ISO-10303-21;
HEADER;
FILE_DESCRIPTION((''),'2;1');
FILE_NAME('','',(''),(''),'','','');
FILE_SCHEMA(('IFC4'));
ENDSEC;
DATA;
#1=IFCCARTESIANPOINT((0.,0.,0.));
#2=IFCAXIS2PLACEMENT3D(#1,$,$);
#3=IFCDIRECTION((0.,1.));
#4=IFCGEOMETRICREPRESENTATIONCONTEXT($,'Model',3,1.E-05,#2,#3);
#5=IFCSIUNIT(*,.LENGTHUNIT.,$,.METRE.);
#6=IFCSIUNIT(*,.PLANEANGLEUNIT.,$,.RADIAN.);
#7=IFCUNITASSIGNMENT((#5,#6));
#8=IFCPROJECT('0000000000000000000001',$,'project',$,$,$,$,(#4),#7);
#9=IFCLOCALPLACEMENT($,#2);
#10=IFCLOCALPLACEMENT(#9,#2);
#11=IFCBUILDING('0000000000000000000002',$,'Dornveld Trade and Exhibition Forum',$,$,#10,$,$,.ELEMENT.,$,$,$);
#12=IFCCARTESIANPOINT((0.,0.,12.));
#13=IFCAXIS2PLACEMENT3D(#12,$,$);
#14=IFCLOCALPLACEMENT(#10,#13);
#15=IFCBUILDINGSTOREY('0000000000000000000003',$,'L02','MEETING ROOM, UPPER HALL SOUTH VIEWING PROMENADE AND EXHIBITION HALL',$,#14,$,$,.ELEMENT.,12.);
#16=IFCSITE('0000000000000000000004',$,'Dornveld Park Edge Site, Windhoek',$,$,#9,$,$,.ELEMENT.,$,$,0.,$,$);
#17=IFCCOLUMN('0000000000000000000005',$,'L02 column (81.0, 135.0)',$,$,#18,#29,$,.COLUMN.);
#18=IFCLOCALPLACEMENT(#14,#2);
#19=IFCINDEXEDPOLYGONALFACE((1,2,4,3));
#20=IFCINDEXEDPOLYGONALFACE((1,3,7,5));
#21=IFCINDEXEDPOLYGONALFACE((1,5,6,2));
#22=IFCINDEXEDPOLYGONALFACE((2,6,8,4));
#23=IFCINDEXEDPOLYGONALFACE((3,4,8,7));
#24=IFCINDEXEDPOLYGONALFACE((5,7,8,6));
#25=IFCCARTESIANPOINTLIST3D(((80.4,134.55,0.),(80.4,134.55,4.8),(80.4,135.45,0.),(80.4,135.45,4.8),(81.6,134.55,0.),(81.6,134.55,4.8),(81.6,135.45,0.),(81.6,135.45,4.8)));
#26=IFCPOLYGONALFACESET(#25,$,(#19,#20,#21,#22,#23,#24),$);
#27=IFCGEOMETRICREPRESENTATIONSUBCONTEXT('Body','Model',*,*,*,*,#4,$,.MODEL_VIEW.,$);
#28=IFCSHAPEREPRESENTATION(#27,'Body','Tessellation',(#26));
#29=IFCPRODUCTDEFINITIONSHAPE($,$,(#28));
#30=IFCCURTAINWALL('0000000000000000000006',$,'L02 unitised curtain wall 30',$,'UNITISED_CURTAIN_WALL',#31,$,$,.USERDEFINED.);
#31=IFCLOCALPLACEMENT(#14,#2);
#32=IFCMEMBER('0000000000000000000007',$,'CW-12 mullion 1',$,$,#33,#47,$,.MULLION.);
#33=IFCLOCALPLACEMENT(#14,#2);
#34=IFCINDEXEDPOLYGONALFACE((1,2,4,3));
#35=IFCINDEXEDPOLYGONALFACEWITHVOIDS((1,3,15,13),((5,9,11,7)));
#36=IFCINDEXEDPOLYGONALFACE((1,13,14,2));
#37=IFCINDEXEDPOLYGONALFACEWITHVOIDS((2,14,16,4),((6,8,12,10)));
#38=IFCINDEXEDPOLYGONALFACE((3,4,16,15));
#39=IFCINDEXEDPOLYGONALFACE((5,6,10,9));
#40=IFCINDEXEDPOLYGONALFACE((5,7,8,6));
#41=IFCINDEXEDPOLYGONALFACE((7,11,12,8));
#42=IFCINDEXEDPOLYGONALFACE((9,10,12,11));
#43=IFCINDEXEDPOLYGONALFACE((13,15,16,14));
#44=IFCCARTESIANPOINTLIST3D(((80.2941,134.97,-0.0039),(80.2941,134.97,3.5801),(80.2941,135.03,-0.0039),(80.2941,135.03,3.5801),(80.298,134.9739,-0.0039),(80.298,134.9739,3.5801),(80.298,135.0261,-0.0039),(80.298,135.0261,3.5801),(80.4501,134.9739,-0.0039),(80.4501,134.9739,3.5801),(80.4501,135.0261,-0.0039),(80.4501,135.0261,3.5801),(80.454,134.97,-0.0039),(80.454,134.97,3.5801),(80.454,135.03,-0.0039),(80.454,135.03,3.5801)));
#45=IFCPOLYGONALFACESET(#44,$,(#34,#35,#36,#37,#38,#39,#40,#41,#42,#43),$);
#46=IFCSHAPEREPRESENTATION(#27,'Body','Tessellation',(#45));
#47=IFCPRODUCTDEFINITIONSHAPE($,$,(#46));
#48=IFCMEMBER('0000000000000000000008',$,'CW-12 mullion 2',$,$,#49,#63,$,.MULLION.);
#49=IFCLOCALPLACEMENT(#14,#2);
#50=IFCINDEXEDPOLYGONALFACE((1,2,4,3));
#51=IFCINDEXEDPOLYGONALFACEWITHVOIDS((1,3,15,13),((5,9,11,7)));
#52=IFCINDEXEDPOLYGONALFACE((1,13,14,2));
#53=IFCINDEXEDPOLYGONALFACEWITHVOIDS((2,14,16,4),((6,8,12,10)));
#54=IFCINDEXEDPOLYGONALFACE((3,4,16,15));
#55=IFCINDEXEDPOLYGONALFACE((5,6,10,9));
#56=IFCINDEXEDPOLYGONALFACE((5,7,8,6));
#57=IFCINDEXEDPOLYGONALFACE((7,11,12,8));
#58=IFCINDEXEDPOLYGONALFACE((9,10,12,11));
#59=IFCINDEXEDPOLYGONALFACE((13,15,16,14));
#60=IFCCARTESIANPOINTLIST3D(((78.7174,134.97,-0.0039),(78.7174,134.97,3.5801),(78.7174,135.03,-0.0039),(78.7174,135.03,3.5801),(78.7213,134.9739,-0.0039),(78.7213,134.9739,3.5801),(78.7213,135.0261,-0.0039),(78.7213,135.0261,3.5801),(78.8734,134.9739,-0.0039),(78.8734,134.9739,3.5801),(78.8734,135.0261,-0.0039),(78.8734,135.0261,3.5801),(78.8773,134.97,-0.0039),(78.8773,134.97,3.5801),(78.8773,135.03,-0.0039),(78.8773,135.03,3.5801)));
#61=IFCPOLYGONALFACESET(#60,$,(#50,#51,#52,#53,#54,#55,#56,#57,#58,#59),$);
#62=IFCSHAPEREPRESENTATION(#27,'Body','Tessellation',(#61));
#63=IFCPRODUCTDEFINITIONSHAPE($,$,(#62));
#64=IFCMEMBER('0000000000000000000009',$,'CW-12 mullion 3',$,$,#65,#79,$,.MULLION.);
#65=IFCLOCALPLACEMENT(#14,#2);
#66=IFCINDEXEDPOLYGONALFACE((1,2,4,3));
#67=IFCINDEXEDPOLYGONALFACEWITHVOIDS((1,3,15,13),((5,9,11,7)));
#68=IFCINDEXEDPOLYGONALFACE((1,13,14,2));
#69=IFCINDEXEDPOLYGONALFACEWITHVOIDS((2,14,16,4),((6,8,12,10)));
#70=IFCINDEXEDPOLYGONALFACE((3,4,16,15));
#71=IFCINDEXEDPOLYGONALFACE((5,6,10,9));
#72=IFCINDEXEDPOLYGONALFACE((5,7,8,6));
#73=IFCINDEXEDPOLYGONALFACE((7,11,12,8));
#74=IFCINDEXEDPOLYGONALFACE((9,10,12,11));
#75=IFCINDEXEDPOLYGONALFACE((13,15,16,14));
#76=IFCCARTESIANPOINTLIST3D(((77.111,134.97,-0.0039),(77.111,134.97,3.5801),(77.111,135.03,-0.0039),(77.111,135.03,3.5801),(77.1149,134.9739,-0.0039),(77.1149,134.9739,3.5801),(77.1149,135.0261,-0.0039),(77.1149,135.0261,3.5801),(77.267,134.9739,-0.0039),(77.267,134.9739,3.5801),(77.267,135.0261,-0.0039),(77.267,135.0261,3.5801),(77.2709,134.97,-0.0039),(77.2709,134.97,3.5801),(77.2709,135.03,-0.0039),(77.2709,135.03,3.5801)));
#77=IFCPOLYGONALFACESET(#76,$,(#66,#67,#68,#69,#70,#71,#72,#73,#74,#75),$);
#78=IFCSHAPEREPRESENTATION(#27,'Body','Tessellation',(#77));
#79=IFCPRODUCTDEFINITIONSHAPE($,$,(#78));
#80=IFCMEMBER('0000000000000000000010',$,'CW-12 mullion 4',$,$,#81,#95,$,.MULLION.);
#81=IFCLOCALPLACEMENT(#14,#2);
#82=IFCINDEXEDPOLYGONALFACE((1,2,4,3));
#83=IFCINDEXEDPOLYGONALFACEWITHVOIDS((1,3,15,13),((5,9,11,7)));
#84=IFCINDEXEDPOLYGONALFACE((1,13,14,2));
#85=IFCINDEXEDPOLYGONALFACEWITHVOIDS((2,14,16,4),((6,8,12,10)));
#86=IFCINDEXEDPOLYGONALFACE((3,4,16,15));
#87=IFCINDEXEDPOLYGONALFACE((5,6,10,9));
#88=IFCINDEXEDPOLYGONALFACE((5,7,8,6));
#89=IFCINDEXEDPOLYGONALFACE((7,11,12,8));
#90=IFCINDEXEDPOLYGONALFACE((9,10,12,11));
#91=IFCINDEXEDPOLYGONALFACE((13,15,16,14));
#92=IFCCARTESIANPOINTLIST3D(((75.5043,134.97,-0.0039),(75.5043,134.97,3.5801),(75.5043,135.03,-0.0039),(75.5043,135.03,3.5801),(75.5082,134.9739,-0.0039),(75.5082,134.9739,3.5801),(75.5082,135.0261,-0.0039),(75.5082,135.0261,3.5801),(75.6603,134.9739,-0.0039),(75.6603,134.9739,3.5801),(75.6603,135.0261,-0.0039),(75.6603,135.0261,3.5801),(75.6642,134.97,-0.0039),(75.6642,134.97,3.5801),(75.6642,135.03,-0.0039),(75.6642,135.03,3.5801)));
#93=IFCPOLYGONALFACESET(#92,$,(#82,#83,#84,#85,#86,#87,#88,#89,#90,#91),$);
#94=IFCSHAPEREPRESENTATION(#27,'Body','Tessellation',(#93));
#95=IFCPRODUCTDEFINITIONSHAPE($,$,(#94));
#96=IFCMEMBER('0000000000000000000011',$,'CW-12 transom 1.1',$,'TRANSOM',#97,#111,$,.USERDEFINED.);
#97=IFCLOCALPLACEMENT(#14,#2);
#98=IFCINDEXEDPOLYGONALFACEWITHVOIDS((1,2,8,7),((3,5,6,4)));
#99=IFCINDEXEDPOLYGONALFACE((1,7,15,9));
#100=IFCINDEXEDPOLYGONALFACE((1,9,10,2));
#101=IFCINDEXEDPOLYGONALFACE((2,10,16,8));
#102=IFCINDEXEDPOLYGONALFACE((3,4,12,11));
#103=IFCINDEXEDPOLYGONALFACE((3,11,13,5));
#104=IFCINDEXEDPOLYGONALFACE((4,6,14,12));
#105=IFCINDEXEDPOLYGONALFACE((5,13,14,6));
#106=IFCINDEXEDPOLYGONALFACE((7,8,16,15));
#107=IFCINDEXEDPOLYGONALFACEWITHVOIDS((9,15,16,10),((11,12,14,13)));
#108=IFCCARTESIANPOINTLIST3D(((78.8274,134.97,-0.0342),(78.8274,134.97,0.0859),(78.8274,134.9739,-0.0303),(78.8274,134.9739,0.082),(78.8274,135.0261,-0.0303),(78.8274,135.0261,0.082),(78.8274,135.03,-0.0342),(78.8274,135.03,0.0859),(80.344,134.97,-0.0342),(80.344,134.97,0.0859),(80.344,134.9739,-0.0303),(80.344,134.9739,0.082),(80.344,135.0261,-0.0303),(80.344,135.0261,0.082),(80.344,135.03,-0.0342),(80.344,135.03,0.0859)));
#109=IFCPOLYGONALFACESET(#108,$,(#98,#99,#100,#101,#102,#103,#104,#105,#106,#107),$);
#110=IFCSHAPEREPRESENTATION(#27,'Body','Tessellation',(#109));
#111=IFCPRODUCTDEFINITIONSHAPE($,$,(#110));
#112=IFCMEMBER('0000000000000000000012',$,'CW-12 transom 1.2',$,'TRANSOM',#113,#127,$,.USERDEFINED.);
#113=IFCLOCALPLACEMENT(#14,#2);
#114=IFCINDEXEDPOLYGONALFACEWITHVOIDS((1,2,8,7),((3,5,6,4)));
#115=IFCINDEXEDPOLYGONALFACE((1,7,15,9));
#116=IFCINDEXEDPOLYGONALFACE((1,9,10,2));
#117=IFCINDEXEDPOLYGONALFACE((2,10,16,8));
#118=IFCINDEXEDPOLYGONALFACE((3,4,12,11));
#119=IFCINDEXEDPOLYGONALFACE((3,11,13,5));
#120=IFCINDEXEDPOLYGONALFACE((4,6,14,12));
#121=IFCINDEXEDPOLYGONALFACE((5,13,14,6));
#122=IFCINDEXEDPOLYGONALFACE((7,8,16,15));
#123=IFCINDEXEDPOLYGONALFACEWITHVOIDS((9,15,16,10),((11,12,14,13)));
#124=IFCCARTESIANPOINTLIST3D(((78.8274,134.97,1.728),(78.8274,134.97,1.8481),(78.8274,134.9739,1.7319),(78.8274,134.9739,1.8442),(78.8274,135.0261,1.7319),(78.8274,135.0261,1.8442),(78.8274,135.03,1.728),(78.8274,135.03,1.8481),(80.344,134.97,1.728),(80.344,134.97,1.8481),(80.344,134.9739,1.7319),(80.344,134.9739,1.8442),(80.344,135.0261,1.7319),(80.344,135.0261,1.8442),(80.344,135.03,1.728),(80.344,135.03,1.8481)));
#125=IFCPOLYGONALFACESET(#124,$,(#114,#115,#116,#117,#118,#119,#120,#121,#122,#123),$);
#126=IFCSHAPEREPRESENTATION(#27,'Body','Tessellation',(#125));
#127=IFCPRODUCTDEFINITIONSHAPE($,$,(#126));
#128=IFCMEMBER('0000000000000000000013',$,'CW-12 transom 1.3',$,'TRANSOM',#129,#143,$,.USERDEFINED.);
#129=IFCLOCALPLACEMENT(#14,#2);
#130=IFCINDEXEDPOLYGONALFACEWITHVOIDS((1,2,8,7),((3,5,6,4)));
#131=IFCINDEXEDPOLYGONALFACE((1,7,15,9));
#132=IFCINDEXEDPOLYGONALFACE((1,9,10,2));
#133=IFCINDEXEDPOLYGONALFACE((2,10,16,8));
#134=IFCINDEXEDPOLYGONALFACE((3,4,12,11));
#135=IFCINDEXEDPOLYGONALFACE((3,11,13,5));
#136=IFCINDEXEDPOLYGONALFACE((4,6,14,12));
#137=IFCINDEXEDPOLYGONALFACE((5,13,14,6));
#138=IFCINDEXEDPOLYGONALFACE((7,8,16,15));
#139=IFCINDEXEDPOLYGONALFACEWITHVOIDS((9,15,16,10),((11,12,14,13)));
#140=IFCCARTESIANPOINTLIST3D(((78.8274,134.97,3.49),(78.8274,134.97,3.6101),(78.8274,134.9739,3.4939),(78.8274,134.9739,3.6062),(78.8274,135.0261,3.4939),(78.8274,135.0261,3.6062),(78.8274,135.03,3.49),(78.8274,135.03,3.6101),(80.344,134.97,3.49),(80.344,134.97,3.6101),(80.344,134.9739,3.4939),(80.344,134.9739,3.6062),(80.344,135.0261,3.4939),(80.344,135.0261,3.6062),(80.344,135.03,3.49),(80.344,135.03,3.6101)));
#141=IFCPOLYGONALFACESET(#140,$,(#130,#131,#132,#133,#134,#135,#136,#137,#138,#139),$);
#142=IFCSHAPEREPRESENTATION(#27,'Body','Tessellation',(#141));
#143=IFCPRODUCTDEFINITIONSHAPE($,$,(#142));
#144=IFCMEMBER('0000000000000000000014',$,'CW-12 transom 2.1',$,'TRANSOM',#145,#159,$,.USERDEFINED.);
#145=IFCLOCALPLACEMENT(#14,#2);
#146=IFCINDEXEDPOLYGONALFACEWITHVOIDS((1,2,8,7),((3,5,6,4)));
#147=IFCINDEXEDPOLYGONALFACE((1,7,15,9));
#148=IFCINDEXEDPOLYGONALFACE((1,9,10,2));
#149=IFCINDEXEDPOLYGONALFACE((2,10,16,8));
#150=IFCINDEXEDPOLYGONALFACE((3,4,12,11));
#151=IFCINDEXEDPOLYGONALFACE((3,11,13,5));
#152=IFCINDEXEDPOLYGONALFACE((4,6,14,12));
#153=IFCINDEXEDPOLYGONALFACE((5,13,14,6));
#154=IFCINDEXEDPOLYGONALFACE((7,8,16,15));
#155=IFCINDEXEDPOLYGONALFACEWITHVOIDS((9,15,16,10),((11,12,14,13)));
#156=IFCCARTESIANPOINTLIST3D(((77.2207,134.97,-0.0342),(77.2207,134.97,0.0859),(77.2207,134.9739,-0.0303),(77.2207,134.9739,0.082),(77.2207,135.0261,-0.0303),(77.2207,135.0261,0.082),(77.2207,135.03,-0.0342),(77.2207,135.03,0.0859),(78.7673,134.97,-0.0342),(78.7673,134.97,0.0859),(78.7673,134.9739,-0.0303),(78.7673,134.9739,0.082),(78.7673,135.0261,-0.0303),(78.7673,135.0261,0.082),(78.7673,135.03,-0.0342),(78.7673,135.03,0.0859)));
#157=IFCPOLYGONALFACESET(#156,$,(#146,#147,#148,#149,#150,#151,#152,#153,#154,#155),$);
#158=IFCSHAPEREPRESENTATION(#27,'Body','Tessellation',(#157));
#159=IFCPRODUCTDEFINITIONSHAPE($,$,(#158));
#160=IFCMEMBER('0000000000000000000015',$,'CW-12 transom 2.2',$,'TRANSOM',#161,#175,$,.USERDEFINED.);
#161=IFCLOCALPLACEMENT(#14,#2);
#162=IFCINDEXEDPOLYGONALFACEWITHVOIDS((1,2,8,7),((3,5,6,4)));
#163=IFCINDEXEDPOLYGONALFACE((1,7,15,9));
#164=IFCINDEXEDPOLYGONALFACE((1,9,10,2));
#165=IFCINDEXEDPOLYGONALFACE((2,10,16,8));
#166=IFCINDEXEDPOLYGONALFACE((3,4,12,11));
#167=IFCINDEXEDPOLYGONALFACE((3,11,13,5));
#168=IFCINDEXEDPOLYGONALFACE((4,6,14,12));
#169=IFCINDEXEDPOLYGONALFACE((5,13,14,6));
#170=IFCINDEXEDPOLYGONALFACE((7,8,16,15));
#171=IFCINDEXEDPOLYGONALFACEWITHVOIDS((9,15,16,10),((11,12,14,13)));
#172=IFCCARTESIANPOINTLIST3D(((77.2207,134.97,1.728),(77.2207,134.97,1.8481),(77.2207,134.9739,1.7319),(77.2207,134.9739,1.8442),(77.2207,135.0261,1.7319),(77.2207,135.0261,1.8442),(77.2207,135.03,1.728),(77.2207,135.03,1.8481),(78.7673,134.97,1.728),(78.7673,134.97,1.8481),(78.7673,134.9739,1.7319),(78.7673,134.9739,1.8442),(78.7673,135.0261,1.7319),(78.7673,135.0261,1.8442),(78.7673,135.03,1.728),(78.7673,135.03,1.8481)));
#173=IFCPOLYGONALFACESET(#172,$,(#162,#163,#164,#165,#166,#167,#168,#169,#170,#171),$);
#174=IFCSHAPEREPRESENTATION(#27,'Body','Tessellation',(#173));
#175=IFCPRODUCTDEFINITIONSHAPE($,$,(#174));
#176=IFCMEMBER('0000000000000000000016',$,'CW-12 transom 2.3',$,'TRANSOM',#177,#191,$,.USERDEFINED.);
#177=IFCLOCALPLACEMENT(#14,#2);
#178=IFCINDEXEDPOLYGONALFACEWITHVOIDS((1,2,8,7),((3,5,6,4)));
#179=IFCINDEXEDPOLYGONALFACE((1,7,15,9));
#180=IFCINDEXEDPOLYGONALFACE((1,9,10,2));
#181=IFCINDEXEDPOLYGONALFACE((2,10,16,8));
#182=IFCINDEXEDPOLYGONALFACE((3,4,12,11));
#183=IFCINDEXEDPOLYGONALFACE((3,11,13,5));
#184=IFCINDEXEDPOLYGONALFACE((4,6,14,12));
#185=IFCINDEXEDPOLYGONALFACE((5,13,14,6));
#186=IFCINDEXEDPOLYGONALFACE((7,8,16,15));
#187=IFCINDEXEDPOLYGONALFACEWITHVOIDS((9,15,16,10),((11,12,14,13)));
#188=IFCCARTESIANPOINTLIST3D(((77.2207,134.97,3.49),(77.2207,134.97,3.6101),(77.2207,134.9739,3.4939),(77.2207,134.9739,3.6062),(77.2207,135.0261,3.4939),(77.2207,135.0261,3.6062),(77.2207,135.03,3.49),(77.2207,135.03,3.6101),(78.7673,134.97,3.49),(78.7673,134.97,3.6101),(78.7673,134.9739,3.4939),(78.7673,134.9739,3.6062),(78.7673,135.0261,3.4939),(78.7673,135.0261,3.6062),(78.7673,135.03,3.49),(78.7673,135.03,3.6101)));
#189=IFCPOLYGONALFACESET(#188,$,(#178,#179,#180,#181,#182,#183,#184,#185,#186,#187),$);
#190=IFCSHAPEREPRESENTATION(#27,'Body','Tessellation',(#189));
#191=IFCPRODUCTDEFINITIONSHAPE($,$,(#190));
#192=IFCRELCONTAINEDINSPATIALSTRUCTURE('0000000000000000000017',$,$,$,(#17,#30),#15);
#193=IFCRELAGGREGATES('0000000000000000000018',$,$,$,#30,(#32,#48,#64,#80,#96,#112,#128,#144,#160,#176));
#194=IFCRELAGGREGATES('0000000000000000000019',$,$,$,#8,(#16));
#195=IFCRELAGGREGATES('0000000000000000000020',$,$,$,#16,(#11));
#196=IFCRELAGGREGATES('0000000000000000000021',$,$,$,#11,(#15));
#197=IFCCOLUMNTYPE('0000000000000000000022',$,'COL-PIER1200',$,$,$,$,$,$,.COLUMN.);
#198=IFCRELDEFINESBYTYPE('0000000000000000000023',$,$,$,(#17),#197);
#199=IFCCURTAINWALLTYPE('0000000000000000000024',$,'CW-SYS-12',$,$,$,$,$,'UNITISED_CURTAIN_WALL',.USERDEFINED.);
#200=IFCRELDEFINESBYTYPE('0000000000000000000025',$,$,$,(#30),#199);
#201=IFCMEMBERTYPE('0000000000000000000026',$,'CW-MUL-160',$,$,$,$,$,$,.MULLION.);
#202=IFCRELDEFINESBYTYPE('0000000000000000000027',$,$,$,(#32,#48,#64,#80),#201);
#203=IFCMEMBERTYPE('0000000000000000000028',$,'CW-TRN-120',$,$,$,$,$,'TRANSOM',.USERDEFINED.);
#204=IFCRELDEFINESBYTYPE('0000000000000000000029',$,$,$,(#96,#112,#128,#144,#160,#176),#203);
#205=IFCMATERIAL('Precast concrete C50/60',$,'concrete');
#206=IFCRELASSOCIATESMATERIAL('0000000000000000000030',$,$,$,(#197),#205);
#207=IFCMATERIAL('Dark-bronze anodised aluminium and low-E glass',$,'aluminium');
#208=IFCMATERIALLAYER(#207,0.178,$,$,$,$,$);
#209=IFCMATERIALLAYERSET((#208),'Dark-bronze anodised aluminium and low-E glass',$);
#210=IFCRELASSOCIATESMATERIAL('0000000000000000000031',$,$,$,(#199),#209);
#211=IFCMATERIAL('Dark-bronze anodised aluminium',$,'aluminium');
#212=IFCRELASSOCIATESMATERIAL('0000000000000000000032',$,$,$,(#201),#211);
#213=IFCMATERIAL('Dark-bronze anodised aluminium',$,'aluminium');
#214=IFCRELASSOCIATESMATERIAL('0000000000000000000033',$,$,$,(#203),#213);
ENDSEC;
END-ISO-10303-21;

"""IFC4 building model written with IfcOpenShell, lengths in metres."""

from ifc_helpers import new_model, si_unit, direction, frame, origin, origin_2d, place, context, subcontext, project, spatial, rectangle, hollow_rectangle, extrude, material, layer, layer_set, material_profile, profile_set, type_object, element, aggregate, save


model = new_model("IFC4")

# Units and contexts
model_context = context("Model", 3, precision=1e-05, world=origin(), true_north=direction((0.0, 1.0)))
body_context = subcontext(model_context, "Body", "Model", "MODEL_VIEW")
ifc_project = project(units=[si_unit("LENGTHUNIT", "METRE"), si_unit("PLANEANGLEUNIT", "RADIAN")], contexts=[model_context])

# Site, building, storey
site_placement = place(None, origin())
site = spatial("IfcSite", under=ifc_project, at=site_placement, Name="Dornveld Park Edge Site, Windhoek", CompositionType="ELEMENT", RefElevation=0.0)
building_placement = place(site_placement, origin())
building = spatial("IfcBuilding", under=site, at=building_placement, Name="Dornveld Trade and Exhibition Forum", CompositionType="ELEMENT")
storey_placement = place(building_placement, frame((0.0, 0.0, 12.0)))
storey = spatial("IfcBuildingStorey", under=building, at=storey_placement, Name="L02", Description="MEETING ROOM, UPPER HALL SOUTH VIEWING PROMENADE AND EXHIBITION HALL", CompositionType="ELEMENT", Elevation=12.0)

# Column
ifc_material_1 = material(Name="Precast concrete C50/60", Category="concrete")
ifc_material_profile_1 = material_profile(ifc_material_1, rectangle(XDim=1.2, YDim=0.8999, at=origin_2d()), Name="PC-PIER 1200x900")
ifc_profile_set_1 = profile_set([ifc_material_profile_1], Name="Precast concrete C50/60")
column_type = type_object("IfcColumnType", Name="COL-PIER1200", PredefinedType="COLUMN", material=ifc_profile_set_1)
column_placement = place(storey_placement, frame((81.0, 135.0, 0.0), z_axis=(0.0, 0.0, 1.0), x_axis=(1.0, 0.0, 0.0)))
element("IfcColumn", 1, at=column_placement, inside=storey, type_object=column_type, Name="L02 column (81.0, 135.0)", PredefinedType="COLUMN", context=body_context, shape_type="SweptSolid", body=[
    extrude(rectangle(XDim=1.2, YDim=0.8999, at=origin_2d()), origin(), (0.0, 0.0, 1.0), 4.8),
])

# Curtain wall, members
ifc_material_2 = material(Name="Dark-bronze anodised aluminium and low-E glass", Category="aluminium")
ifc_layer_1 = layer(ifc_material_2, 0.178)
ifc_layer_set_1 = layer_set([ifc_layer_1], Name="Dark-bronze anodised aluminium and low-E glass")
curtain_wall_type = type_object("IfcCurtainWallType", Name="CW-SYS-12", ElementType="UNITISED_CURTAIN_WALL", PredefinedType="USERDEFINED", material=ifc_layer_set_1)
curtain_wall_placement = place(storey_placement, origin())
curtain_wall = element("IfcCurtainWall", 2, at=curtain_wall_placement, inside=storey, type_object=curtain_wall_type, Name="L02 unitised curtain wall 30", ObjectType="UNITISED_CURTAIN_WALL", PredefinedType="USERDEFINED")
ifc_material_3 = material(Name="Dark-bronze anodised aluminium", Category="aluminium")
ifc_material_profile_2 = material_profile(ifc_material_3, hollow_rectangle(XDim=0.0601, YDim=0.1599, WallThickness=0.0039, at=origin_2d()), Name="RHS 160x60x4")
ifc_profile_set_2 = profile_set([ifc_material_profile_2], Name="Dark-bronze anodised aluminium")
member_type_1 = type_object("IfcMemberType", Name="CW-MUL-160", PredefinedType="MULLION", material=ifc_profile_set_2)
member_1_placement = place(storey_placement, frame((80.374, 135.0, -0.0039), z_axis=(0.0, 0.0, 1.0), x_axis=(0.0, -1.0, 0.0)))
member_1 = element("IfcMember", 3, at=member_1_placement, type_object=member_type_1, Name="CW-12 mullion 1", PredefinedType="MULLION", context=body_context, shape_type="SweptSolid", body=[
    extrude(hollow_rectangle(XDim=0.0601, YDim=0.1599, WallThickness=0.0039, at=origin_2d()), origin(), (0.0, 0.0, 1.0), 3.584),
])
member_2_placement = place(storey_placement, frame((78.7974, 135.0, -0.0039), z_axis=(0.0, 0.0, 1.0), x_axis=(0.0, -1.0, 0.0)))
member_2 = element("IfcMember", 4, at=member_2_placement, type_object=member_type_1, Name="CW-12 mullion 2", PredefinedType="MULLION", context=body_context, shape_type="SweptSolid", body=[
    extrude(hollow_rectangle(XDim=0.0601, YDim=0.1599, WallThickness=0.0039, at=origin_2d()), origin(), (0.0, 0.0, 1.0), 3.584),
])
member_3_placement = place(storey_placement, frame((77.1909, 135.0, -0.0039), z_axis=(0.0, 0.0, 1.0), x_axis=(0.0, -1.0, 0.0)))
member_3 = element("IfcMember", 5, at=member_3_placement, type_object=member_type_1, Name="CW-12 mullion 3", PredefinedType="MULLION", context=body_context, shape_type="SweptSolid", body=[
    extrude(hollow_rectangle(XDim=0.0601, YDim=0.1599, WallThickness=0.0039, at=origin_2d()), origin(), (0.0, 0.0, 1.0), 3.584),
])
member_4_placement = place(storey_placement, frame((75.5842, 135.0, -0.0039), z_axis=(0.0, 0.0, 1.0), x_axis=(0.0, -1.0, 0.0)))
member_4 = element("IfcMember", 6, at=member_4_placement, type_object=member_type_1, Name="CW-12 mullion 4", PredefinedType="MULLION", context=body_context, shape_type="SweptSolid", body=[
    extrude(hollow_rectangle(XDim=0.0601, YDim=0.1599, WallThickness=0.0039, at=origin_2d()), origin(), (0.0, 0.0, 1.0), 3.584),
])
ifc_material_4 = material(Name="Dark-bronze anodised aluminium", Category="aluminium")
ifc_material_profile_3 = material_profile(ifc_material_4, hollow_rectangle(XDim=0.0601, YDim=0.1201, WallThickness=0.0039, at=origin_2d()), Name="RHS 120x60x4")
ifc_profile_set_3 = profile_set([ifc_material_profile_3], Name="Dark-bronze anodised aluminium")
member_type_2 = type_object("IfcMemberType", Name="CW-TRN-120", ElementType="TRANSOM", PredefinedType="USERDEFINED", material=ifc_profile_set_3)
member_5_placement = place(storey_placement, frame((80.344, 135.0, 0.0259), z_axis=(-1.0, 0.0, 0.0), x_axis=(0.0, -1.0, 0.0)))
member_5 = element("IfcMember", 7, at=member_5_placement, type_object=member_type_2, Name="CW-12 transom 1.1", ObjectType="TRANSOM", PredefinedType="USERDEFINED", context=body_context, shape_type="SweptSolid", body=[
    extrude(hollow_rectangle(XDim=0.0601, YDim=0.1201, WallThickness=0.0039, at=origin_2d()), origin(), (0.0, 0.0, 1.0), 1.5166),
])
member_6_placement = place(storey_placement, frame((80.344, 135.0, 1.7881), z_axis=(-1.0, 0.0, 0.0), x_axis=(0.0, -1.0, 0.0)))
member_6 = element("IfcMember", 8, at=member_6_placement, type_object=member_type_2, Name="CW-12 transom 1.2", ObjectType="TRANSOM", PredefinedType="USERDEFINED", context=body_context, shape_type="SweptSolid", body=[
    extrude(hollow_rectangle(XDim=0.0601, YDim=0.1201, WallThickness=0.0039, at=origin_2d()), origin(), (0.0, 0.0, 1.0), 1.5166),
])
member_7_placement = place(storey_placement, frame((80.344, 135.0, 3.55), z_axis=(-1.0, 0.0, 0.0), x_axis=(0.0, -1.0, 0.0)))
member_7 = element("IfcMember", 9, at=member_7_placement, type_object=member_type_2, Name="CW-12 transom 1.3", ObjectType="TRANSOM", PredefinedType="USERDEFINED", context=body_context, shape_type="SweptSolid", body=[
    extrude(hollow_rectangle(XDim=0.0601, YDim=0.1201, WallThickness=0.0039, at=origin_2d()), origin(), (0.0, 0.0, 1.0), 1.5166),
])
member_8_placement = place(storey_placement, frame((78.7673, 135.0, 0.0259), z_axis=(-1.0, 0.0, 0.0), x_axis=(0.0, -1.0, 0.0)))
member_8 = element("IfcMember", 10, at=member_8_placement, type_object=member_type_2, Name="CW-12 transom 2.1", ObjectType="TRANSOM", PredefinedType="USERDEFINED", context=body_context, shape_type="SweptSolid", body=[
    extrude(hollow_rectangle(XDim=0.0601, YDim=0.1201, WallThickness=0.0039, at=origin_2d()), origin(), (0.0, 0.0, 1.0), 1.5466),
])
member_9_placement = place(storey_placement, frame((78.7673, 135.0, 1.7881), z_axis=(-1.0, 0.0, 0.0), x_axis=(0.0, -1.0, 0.0)))
member_9 = element("IfcMember", 11, at=member_9_placement, type_object=member_type_2, Name="CW-12 transom 2.2", ObjectType="TRANSOM", PredefinedType="USERDEFINED", context=body_context, shape_type="SweptSolid", body=[
    extrude(hollow_rectangle(XDim=0.0601, YDim=0.1201, WallThickness=0.0039, at=origin_2d()), origin(), (0.0, 0.0, 1.0), 1.5466),
])
member_10_placement = place(storey_placement, frame((78.7673, 135.0, 3.55), z_axis=(-1.0, 0.0, 0.0), x_axis=(0.0, -1.0, 0.0)))
member_10 = element("IfcMember", 12, at=member_10_placement, type_object=member_type_2, Name="CW-12 transom 2.3", ObjectType="TRANSOM", PredefinedType="USERDEFINED", context=body_context, shape_type="SweptSolid", body=[
    extrude(hollow_rectangle(XDim=0.0601, YDim=0.1201, WallThickness=0.0039, at=origin_2d()), origin(), (0.0, 0.0, 1.0), 1.5466),
])
aggregate(curtain_wall, [member_1, member_2, member_3, member_4, member_5, member_6, member_7, member_8, member_9, member_10])

save(model, "model.ifc")
